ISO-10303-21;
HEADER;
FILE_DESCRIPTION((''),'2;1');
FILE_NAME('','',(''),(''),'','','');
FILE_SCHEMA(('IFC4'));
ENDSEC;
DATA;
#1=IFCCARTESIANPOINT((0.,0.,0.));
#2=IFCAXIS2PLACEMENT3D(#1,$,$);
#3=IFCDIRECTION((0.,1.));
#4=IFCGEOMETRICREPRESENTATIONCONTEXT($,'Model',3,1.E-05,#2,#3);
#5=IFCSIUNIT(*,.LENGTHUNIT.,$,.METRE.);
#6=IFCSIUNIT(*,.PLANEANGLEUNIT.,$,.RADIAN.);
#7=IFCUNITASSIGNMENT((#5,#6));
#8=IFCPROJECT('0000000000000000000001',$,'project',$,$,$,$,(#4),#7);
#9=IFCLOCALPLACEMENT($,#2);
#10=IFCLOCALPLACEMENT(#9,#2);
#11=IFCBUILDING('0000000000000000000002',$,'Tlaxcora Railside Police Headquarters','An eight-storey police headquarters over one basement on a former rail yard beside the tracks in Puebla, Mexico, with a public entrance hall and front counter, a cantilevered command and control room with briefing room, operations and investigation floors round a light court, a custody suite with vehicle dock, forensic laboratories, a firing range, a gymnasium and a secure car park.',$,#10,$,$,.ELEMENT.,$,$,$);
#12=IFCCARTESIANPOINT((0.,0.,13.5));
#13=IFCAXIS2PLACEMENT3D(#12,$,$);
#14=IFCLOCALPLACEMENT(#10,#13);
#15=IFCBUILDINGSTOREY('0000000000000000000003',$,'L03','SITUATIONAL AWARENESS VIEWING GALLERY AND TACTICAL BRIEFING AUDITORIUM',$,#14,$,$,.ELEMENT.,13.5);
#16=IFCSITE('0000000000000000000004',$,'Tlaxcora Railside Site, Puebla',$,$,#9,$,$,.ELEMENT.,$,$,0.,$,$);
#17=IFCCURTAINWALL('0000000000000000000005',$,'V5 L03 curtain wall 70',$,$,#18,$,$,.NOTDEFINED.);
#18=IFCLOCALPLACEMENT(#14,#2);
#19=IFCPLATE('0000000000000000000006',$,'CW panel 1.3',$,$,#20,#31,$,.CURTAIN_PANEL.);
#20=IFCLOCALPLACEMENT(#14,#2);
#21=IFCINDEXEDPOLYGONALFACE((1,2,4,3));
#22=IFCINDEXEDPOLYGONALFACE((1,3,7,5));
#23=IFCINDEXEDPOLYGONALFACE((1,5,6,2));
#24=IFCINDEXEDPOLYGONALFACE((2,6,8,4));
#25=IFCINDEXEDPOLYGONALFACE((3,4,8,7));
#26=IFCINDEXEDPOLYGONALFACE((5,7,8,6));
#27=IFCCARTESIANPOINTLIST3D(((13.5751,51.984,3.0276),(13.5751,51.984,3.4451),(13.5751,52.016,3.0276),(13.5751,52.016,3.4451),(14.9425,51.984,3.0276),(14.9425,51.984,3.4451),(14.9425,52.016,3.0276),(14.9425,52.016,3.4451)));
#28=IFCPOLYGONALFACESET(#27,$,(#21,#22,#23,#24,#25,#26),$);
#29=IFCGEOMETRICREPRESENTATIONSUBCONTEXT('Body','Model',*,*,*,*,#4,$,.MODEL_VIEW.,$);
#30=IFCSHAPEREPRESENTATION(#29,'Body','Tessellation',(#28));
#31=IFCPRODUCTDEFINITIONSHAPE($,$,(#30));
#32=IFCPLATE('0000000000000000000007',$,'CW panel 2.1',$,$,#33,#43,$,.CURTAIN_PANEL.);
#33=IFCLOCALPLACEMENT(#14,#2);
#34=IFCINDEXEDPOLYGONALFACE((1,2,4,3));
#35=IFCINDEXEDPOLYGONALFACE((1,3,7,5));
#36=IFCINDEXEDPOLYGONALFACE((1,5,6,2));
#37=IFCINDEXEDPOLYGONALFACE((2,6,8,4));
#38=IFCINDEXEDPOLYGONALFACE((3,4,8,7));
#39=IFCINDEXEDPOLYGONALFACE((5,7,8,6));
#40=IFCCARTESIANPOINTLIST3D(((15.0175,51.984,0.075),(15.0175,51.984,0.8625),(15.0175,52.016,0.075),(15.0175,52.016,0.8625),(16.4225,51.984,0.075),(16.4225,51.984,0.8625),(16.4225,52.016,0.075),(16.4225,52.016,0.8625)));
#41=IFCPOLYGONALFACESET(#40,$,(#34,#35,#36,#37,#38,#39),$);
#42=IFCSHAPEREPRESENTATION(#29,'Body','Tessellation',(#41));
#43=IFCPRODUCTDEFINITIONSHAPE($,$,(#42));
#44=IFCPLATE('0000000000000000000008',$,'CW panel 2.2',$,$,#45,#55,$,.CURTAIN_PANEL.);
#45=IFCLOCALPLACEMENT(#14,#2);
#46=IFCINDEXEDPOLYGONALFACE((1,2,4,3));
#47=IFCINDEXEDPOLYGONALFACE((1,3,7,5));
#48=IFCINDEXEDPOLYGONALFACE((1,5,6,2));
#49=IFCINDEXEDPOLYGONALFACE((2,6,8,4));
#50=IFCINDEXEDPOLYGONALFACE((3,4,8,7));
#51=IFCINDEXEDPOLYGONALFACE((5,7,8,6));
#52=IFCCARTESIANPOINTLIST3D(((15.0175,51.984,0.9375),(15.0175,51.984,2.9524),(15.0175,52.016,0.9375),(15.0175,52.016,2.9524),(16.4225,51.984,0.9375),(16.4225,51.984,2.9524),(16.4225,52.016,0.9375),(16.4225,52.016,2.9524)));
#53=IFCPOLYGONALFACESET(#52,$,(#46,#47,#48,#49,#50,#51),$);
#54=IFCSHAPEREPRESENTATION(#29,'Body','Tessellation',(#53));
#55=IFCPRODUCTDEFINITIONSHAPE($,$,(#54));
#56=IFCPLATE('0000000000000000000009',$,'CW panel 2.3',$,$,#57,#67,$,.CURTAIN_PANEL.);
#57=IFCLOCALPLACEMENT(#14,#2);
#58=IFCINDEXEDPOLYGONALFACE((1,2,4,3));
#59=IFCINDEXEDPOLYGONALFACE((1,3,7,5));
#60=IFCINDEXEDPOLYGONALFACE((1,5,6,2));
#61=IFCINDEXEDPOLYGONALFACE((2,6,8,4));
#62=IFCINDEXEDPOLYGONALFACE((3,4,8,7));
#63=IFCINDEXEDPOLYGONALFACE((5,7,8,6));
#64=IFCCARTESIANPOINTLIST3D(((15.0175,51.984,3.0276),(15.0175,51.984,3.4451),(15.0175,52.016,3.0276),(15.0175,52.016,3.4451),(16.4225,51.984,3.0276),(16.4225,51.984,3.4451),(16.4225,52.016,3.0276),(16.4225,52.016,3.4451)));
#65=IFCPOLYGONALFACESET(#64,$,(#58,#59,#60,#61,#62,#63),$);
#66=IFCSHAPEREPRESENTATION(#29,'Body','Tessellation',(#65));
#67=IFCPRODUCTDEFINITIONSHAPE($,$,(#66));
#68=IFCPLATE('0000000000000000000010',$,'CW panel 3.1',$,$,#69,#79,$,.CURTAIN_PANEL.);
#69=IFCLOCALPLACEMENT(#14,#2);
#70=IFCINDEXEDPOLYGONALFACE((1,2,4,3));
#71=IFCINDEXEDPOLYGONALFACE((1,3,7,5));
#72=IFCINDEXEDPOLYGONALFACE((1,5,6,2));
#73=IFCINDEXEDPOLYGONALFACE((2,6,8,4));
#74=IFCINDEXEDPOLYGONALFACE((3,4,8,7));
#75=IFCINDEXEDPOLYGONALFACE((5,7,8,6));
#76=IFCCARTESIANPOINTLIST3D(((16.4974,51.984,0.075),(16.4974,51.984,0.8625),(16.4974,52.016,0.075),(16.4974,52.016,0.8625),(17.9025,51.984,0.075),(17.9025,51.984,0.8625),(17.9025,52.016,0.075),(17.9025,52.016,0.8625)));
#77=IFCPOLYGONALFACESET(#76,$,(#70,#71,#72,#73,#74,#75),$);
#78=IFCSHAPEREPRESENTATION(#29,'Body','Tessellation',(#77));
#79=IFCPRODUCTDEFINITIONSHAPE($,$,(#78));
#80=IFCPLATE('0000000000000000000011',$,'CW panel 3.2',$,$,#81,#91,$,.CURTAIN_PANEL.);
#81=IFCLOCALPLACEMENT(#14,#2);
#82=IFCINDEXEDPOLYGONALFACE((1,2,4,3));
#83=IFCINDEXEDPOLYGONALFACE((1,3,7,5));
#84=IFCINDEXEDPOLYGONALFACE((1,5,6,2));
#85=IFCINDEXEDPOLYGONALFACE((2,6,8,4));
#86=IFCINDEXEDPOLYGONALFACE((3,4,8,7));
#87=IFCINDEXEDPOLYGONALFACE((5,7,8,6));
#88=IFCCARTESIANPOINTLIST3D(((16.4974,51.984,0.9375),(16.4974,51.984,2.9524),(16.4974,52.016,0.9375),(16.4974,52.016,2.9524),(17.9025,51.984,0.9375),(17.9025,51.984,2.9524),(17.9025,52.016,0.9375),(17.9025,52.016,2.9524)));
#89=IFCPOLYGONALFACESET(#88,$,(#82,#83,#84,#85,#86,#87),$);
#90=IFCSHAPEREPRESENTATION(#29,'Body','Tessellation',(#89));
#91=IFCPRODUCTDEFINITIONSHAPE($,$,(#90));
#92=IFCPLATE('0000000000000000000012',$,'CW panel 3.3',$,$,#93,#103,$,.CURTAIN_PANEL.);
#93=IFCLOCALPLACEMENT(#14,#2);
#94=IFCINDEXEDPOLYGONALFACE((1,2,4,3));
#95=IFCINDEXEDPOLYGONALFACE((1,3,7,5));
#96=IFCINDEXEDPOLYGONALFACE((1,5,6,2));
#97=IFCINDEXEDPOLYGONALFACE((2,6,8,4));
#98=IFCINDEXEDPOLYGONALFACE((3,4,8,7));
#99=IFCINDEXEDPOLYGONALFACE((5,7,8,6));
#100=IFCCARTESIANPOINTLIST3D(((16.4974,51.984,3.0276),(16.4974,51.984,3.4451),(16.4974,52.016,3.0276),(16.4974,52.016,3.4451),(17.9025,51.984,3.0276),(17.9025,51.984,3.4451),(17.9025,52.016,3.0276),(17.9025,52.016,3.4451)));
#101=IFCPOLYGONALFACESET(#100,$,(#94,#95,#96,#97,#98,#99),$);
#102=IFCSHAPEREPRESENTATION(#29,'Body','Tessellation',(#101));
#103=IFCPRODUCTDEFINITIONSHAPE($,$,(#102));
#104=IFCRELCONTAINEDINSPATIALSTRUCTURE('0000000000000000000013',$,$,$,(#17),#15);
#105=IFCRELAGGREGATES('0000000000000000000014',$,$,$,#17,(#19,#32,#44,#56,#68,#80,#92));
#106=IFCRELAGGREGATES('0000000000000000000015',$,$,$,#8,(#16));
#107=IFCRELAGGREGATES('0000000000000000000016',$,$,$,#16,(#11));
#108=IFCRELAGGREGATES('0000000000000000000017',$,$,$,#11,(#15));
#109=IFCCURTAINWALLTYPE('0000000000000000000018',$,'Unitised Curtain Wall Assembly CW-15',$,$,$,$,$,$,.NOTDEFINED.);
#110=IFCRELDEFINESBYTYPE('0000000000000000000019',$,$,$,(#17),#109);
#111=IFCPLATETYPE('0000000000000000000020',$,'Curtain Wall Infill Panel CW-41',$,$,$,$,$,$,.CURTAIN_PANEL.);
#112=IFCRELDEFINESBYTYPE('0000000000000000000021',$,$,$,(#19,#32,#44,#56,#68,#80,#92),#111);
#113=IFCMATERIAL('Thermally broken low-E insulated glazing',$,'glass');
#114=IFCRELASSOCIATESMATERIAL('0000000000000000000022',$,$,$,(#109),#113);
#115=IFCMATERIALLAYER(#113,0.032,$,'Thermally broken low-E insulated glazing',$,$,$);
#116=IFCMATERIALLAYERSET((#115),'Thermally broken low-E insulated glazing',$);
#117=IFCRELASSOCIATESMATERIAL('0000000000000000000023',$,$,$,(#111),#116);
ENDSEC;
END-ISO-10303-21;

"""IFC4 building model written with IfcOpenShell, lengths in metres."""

from ifc_helpers import new_model, si_unit, direction, frame, origin, origin_2d, place, context, subcontext, project, spatial, rectangle, extrude, material, layer, layer_set, type_object, element, aggregate, save


model = new_model("IFC4")

# Units and contexts
model_context = context("Model", 3, precision=1e-05, world=origin(), true_north=direction((0.0, 1.0)))
body_context = subcontext(model_context, "Body", "Model", "MODEL_VIEW")
ifc_project = project(units=[si_unit("LENGTHUNIT", "METRE"), si_unit("PLANEANGLEUNIT", "RADIAN")], contexts=[model_context])

# Site, building, storey
site_placement = place(None, origin())
site = spatial("IfcSite", under=ifc_project, at=site_placement, Name="Tlaxcora Railside Site, Puebla", CompositionType="ELEMENT", RefElevation=0.0)
building_placement = place(site_placement, origin())
building = spatial("IfcBuilding", under=site, at=building_placement, Name="Tlaxcora Railside Police Headquarters", Description="An eight-storey police headquarters over one basement on a former rail yard beside the tracks in Puebla, Mexico, with a public entrance hall and front counter, a cantilevered command and control room with briefing room, operations and investigation floors round a light court, a custody suite with vehicle dock, forensic laboratories, a firing range, a gymnasium and a secure car park.", CompositionType="ELEMENT")
storey_placement = place(building_placement, frame((0.0, 0.0, 13.5)))
storey = spatial("IfcBuildingStorey", under=building, at=storey_placement, Name="L03", Description="SITUATIONAL AWARENESS VIEWING GALLERY AND TACTICAL BRIEFING AUDITORIUM", CompositionType="ELEMENT", Elevation=13.5)

# Curtain wall
ifc_material_1 = material(Name="Thermally broken low-E insulated glazing", Category="glass")
curtain_wall_type = type_object("IfcCurtainWallType", Name="Unitised Curtain Wall Assembly CW-15", PredefinedType="NOTDEFINED", material=ifc_material_1)
curtain_wall_placement = place(storey_placement, origin())
curtain_wall = element("IfcCurtainWall", 1, at=curtain_wall_placement, inside=storey, type_object=curtain_wall_type, Name="V5 L03 curtain wall 70", PredefinedType="NOTDEFINED")

# Plates
ifc_layer = layer(ifc_material_1, 0.032, Name="Thermally broken low-E insulated glazing")
ifc_layer_set = layer_set([ifc_layer], Name="Thermally broken low-E insulated glazing")
plate_type = type_object("IfcPlateType", Name="Curtain Wall Infill Panel CW-41", PredefinedType="CURTAIN_PANEL", material=ifc_layer_set)
plate_1_placement = place(storey_placement, frame((14.2588, 52.0, 3.0276), z_axis=(0.0, 0.0, 1.0), x_axis=(1.0, 0.0, 0.0)))
plate_1 = element("IfcPlate", 2, at=plate_1_placement, type_object=plate_type, Name="CW panel 1.3", PredefinedType="CURTAIN_PANEL", context=body_context, shape_type="SweptSolid", body=[
    extrude(rectangle(XDim=1.3674, YDim=0.032, at=origin_2d()), origin(), (0.0, 0.0, 1.0), 0.4175),
])
plate_2_placement = place(storey_placement, frame((15.72, 52.0, 0.075), z_axis=(0.0, 0.0, 1.0), x_axis=(1.0, 0.0, 0.0)))
plate_2 = element("IfcPlate", 3, at=plate_2_placement, type_object=plate_type, Name="CW panel 2.1", PredefinedType="CURTAIN_PANEL", context=body_context, shape_type="SweptSolid", body=[
    extrude(rectangle(XDim=1.405, YDim=0.032, at=origin_2d()), origin(), (0.0, 0.0, 1.0), 0.7876),
])
plate_3_placement = place(storey_placement, frame((15.72, 52.0, 0.9375), z_axis=(0.0, 0.0, 1.0), x_axis=(1.0, 0.0, 0.0)))
plate_3 = element("IfcPlate", 4, at=plate_3_placement, type_object=plate_type, Name="CW panel 2.2", PredefinedType="CURTAIN_PANEL", context=body_context, shape_type="SweptSolid", body=[
    extrude(rectangle(XDim=1.405, YDim=0.032, at=origin_2d()), origin(), (0.0, 0.0, 1.0), 2.0149),
])
plate_4_placement = place(storey_placement, frame((15.72, 52.0, 3.0276), z_axis=(0.0, 0.0, 1.0), x_axis=(1.0, 0.0, 0.0)))
plate_4 = element("IfcPlate", 5, at=plate_4_placement, type_object=plate_type, Name="CW panel 2.3", PredefinedType="CURTAIN_PANEL", context=body_context, shape_type="SweptSolid", body=[
    extrude(rectangle(XDim=1.405, YDim=0.032, at=origin_2d()), origin(), (0.0, 0.0, 1.0), 0.4175),
])
plate_5_placement = place(storey_placement, frame((17.2, 52.0, 0.075), z_axis=(0.0, 0.0, 1.0), x_axis=(1.0, 0.0, 0.0)))
plate_5 = element("IfcPlate", 6, at=plate_5_placement, type_object=plate_type, Name="CW panel 3.1", PredefinedType="CURTAIN_PANEL", context=body_context, shape_type="SweptSolid", body=[
    extrude(rectangle(XDim=1.405, YDim=0.032, at=origin_2d()), origin(), (0.0, 0.0, 1.0), 0.7876),
])
plate_6_placement = place(storey_placement, frame((17.2, 52.0, 0.9375), z_axis=(0.0, 0.0, 1.0), x_axis=(1.0, 0.0, 0.0)))
plate_6 = element("IfcPlate", 7, at=plate_6_placement, type_object=plate_type, Name="CW panel 3.2", PredefinedType="CURTAIN_PANEL", context=body_context, shape_type="SweptSolid", body=[
    extrude(rectangle(XDim=1.405, YDim=0.032, at=origin_2d()), origin(), (0.0, 0.0, 1.0), 2.0149),
])
plate_7_placement = place(storey_placement, frame((17.2, 52.0, 3.0276), z_axis=(0.0, 0.0, 1.0), x_axis=(1.0, 0.0, 0.0)))
plate_7 = element("IfcPlate", 8, at=plate_7_placement, type_object=plate_type, Name="CW panel 3.3", PredefinedType="CURTAIN_PANEL", context=body_context, shape_type="SweptSolid", body=[
    extrude(rectangle(XDim=1.405, YDim=0.032, at=origin_2d()), origin(), (0.0, 0.0, 1.0), 0.4175),
])
aggregate(curtain_wall, [plate_1, plate_2, plate_3, plate_4, plate_5, plate_6, plate_7])

save(model, "model.ifc")
